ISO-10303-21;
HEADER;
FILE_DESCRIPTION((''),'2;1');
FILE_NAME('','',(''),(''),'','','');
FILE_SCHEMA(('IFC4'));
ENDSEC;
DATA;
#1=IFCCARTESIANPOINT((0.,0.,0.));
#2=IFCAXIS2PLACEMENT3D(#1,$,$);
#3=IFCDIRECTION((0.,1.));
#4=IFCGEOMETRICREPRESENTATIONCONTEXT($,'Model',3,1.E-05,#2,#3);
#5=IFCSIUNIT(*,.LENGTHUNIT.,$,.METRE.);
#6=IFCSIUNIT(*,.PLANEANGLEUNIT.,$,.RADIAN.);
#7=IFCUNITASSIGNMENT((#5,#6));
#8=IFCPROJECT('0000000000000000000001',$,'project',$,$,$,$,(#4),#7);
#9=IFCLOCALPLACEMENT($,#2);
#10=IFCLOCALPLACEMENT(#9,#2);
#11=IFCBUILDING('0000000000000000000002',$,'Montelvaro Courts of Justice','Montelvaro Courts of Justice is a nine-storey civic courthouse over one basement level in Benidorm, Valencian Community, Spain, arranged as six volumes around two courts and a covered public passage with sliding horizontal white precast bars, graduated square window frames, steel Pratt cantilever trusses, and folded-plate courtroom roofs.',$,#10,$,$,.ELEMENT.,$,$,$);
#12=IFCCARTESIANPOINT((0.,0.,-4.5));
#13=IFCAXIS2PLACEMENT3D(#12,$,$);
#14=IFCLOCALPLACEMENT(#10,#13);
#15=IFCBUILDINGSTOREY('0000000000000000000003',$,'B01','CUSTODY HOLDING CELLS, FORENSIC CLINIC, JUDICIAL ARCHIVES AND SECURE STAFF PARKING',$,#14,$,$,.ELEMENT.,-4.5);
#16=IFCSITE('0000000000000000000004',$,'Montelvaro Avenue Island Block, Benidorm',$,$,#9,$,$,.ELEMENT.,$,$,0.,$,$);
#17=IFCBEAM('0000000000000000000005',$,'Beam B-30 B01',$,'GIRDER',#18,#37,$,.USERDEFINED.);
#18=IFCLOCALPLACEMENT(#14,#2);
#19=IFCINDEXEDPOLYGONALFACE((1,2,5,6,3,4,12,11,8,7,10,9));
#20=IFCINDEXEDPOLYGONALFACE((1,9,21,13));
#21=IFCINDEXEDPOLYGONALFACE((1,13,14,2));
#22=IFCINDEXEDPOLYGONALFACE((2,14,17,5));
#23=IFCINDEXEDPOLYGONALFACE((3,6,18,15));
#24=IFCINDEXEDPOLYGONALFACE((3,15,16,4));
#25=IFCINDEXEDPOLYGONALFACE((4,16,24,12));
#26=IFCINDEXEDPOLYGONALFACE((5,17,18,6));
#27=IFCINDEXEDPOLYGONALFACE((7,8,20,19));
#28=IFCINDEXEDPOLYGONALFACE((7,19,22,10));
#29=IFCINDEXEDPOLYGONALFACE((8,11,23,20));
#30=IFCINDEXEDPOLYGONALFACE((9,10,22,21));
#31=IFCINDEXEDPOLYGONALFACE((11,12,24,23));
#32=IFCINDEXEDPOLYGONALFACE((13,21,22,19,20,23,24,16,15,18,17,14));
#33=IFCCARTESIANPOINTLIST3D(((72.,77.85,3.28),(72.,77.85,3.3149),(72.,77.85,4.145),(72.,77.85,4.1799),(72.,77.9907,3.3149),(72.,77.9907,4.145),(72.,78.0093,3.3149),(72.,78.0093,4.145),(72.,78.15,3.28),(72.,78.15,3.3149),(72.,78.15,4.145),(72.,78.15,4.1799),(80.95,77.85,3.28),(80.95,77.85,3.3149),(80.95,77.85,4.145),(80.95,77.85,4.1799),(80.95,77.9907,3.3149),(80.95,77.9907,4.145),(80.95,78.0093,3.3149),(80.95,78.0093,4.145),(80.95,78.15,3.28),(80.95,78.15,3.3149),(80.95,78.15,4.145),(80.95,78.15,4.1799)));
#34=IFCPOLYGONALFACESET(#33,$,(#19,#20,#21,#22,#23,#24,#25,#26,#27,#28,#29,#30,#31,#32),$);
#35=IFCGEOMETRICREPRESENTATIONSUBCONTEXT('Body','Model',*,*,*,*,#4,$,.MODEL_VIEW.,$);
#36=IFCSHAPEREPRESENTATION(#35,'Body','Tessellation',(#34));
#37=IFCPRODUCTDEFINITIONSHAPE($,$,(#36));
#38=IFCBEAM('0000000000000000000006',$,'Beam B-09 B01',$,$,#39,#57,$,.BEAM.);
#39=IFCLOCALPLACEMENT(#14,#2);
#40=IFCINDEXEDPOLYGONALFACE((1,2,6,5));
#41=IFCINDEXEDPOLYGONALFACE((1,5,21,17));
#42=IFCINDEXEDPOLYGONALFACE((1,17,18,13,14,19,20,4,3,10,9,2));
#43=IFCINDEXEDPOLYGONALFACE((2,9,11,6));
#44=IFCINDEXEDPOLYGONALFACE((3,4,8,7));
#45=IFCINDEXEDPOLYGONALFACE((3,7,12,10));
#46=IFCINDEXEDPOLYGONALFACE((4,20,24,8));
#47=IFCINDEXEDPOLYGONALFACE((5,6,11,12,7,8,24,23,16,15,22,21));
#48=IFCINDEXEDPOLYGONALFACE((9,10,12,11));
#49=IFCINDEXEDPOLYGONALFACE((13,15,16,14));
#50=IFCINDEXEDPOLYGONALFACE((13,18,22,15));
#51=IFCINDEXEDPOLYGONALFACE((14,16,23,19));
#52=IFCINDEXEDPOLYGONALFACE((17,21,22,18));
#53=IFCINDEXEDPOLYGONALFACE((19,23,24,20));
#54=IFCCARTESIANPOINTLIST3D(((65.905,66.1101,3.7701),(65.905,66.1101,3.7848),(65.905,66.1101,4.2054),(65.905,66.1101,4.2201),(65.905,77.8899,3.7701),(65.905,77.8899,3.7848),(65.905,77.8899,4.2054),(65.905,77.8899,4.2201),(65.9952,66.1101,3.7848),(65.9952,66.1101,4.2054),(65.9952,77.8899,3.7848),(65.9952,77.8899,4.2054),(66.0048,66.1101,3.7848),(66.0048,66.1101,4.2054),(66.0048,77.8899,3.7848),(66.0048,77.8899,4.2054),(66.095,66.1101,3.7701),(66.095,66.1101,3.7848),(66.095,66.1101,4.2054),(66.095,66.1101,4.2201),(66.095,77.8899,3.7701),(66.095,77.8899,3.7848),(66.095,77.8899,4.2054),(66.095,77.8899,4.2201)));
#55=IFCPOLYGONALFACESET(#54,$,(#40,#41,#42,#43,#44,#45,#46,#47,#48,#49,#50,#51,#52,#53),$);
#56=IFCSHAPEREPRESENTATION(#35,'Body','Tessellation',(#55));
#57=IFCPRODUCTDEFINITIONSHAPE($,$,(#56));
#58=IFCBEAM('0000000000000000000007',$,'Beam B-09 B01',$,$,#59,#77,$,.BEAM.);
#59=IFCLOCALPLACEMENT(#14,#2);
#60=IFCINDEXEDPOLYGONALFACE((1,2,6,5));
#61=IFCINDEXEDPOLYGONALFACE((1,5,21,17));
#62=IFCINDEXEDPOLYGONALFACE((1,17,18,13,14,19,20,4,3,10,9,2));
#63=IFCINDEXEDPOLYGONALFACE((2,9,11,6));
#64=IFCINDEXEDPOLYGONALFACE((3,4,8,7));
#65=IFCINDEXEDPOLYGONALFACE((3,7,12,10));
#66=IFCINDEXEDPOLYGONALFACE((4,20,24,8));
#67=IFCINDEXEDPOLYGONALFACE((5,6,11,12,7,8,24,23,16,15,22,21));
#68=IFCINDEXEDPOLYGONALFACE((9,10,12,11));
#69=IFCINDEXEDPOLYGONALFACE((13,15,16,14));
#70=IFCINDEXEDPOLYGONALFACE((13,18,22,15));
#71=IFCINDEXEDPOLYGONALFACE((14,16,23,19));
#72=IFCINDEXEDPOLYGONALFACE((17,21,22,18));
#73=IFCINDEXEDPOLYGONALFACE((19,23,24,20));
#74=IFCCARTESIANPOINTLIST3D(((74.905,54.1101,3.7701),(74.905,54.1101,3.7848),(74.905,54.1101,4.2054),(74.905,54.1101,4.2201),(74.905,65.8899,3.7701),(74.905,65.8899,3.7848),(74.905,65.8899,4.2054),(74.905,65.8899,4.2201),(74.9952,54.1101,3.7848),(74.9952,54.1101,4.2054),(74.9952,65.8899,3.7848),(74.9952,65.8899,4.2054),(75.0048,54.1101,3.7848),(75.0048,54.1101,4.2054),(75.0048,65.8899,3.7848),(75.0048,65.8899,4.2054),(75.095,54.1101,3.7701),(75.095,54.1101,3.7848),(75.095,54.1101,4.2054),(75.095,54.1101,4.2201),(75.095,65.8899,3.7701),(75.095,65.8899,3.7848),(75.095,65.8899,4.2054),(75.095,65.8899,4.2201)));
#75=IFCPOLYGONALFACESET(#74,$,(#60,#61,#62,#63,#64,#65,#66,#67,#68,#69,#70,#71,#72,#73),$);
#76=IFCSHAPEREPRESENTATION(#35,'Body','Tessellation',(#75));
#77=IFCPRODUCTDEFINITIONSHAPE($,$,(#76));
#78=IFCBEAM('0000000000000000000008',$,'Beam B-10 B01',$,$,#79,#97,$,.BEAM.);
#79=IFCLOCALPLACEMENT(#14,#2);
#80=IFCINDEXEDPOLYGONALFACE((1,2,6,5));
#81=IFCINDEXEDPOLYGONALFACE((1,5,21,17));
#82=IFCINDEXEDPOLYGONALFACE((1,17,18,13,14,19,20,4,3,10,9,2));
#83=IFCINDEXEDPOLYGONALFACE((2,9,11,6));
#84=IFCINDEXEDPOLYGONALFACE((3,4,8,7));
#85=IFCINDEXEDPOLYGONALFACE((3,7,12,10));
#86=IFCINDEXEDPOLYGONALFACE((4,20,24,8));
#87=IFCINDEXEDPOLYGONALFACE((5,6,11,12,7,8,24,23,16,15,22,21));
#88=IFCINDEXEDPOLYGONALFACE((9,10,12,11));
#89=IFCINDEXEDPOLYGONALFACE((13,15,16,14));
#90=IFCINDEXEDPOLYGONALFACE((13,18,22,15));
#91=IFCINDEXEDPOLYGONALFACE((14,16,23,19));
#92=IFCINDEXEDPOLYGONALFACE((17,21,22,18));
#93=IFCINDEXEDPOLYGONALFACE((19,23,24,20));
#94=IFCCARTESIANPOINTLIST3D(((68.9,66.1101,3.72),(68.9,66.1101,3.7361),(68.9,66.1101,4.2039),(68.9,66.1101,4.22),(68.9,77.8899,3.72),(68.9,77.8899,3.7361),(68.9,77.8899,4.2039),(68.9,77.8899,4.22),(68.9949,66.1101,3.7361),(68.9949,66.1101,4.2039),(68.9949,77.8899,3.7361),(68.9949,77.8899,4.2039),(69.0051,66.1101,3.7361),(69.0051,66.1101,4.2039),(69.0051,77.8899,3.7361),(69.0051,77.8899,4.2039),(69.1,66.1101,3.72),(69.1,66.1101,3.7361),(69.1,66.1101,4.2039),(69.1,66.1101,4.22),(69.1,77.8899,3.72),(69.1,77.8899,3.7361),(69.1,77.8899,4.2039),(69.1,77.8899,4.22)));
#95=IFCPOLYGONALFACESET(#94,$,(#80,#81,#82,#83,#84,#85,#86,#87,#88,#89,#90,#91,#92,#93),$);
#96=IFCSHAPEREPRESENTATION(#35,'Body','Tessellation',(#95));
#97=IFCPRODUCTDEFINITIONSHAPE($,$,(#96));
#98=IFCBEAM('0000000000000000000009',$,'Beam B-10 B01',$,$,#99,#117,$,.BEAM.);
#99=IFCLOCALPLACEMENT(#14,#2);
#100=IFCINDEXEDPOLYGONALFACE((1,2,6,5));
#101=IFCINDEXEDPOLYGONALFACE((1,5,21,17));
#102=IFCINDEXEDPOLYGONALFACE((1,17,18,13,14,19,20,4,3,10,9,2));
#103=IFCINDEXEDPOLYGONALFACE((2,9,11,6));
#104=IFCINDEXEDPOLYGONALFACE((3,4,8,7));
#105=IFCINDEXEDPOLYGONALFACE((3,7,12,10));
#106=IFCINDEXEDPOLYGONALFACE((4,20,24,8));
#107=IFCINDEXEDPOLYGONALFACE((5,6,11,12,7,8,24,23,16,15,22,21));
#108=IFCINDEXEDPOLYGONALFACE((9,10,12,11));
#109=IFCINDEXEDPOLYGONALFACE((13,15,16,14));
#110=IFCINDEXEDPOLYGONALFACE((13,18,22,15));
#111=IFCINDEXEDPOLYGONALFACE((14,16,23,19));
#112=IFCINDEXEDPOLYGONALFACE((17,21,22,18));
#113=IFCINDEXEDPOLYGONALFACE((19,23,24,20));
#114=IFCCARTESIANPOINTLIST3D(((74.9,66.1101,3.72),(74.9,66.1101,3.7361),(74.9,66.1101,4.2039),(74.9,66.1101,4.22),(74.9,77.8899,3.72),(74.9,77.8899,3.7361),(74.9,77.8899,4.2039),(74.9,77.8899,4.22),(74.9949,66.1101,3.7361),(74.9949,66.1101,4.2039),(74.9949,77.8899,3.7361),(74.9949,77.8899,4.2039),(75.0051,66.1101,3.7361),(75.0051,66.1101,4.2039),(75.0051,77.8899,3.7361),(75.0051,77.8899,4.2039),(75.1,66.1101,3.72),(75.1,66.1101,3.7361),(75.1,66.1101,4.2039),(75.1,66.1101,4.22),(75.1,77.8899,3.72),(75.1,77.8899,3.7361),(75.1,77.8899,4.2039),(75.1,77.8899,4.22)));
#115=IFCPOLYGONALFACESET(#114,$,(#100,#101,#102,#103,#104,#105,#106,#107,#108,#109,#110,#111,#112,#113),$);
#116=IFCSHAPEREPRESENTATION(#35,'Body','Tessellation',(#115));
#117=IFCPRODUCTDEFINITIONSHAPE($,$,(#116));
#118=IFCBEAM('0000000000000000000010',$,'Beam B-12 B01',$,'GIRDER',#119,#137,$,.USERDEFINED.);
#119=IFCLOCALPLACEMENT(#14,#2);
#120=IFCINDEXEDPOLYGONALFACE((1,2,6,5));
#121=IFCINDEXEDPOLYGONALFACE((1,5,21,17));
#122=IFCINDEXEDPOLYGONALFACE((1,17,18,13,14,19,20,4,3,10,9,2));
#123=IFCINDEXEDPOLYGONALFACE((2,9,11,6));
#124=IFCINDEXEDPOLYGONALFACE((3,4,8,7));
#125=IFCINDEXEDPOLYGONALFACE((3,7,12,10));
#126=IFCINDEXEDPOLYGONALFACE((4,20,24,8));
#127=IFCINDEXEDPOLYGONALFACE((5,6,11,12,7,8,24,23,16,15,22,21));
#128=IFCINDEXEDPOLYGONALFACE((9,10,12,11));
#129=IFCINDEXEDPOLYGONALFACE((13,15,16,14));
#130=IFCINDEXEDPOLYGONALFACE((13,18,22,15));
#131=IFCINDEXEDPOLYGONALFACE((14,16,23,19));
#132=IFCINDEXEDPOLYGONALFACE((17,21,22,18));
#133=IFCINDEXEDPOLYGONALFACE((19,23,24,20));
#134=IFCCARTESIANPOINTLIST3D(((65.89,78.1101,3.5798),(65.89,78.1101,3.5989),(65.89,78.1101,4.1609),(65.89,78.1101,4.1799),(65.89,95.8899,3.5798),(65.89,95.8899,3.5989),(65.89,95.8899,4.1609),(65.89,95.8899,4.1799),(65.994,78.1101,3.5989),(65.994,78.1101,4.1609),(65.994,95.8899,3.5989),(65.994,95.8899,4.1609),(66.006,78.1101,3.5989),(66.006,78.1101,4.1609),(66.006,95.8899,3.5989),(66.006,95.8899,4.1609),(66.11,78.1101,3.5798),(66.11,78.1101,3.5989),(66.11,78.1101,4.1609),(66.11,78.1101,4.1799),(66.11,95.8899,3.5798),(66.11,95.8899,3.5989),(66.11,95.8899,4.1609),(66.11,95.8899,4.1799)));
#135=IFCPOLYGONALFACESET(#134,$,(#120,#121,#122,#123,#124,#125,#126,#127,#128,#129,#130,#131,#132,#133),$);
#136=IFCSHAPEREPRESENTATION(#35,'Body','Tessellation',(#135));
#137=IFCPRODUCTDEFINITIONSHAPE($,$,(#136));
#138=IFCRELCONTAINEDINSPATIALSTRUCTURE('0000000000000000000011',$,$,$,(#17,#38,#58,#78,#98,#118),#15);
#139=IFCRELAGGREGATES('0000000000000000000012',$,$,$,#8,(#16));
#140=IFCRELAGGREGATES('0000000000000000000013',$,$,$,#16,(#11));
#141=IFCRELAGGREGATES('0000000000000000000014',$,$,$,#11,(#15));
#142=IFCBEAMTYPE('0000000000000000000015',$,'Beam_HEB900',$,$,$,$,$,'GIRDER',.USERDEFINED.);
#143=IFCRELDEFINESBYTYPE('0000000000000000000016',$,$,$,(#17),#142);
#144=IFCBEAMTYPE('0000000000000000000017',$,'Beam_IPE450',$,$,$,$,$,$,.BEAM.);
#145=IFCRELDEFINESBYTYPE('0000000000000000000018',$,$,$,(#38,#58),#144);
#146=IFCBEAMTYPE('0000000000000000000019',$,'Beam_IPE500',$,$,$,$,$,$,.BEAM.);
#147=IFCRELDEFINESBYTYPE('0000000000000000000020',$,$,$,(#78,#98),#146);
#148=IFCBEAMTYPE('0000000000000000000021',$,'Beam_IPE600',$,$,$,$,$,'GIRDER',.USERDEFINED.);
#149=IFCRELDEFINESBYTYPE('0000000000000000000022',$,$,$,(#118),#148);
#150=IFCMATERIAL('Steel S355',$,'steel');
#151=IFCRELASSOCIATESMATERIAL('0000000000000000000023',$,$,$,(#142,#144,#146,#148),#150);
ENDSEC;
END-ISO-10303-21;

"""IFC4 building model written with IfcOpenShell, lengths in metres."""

from ifc_helpers import new_model, si_unit, direction, frame, origin, origin_2d, place, context, subcontext, project, spatial, i_section, extrude, material, material_profile, profile_set, type_object, element, save


model = new_model("IFC4")

# Units and contexts
model_context = context("Model", 3, precision=1e-05, world=origin(), true_north=direction((0.0, 1.0)))
body_context = subcontext(model_context, "Body", "Model", "MODEL_VIEW")
ifc_project = project(units=[si_unit("LENGTHUNIT", "METRE"), si_unit("PLANEANGLEUNIT", "RADIAN")], contexts=[model_context])

# Site, building, storey
site_placement = place(None, origin())
site = spatial("IfcSite", under=ifc_project, at=site_placement, Name="Montelvaro Avenue Island Block, Benidorm", CompositionType="ELEMENT", RefElevation=0.0)
building_placement = place(site_placement, origin())
building = spatial("IfcBuilding", under=site, at=building_placement, Name="Montelvaro Courts of Justice", Description="Montelvaro Courts of Justice is a nine-storey civic courthouse over one basement level in Benidorm, Valencian Community, Spain, arranged as six volumes around two courts and a covered public passage with sliding horizontal white precast bars, graduated square window frames, steel Pratt cantilever trusses, and folded-plate courtroom roofs.", CompositionType="ELEMENT")
storey_placement = place(building_placement, frame((0.0, 0.0, -4.5)))
storey = spatial("IfcBuildingStorey", under=building, at=storey_placement, Name="B01", Description="CUSTODY HOLDING CELLS, FORENSIC CLINIC, JUDICIAL ARCHIVES AND SECURE STAFF PARKING", CompositionType="ELEMENT", Elevation=-4.5)

# Beams
ifc_material_1 = material(Name="Steel S355", Category="steel")
ifc_material_profile_1 = material_profile(ifc_material_1, i_section(OverallWidth=0.3, OverallDepth=0.8999, WebThickness=0.0186, FlangeThickness=0.0349, at=origin_2d()), Name="HEB 900")
ifc_profile_set_1 = profile_set([ifc_material_profile_1], Name="Steel S355")
beam_type_1 = type_object("IfcBeamType", Name="Beam_HEB900", ElementType="GIRDER", PredefinedType="USERDEFINED", material=ifc_profile_set_1)
beam_1_placement = place(storey_placement, frame((72.0, 78.0, 3.73), z_axis=(1.0, 0.0, 0.0), x_axis=(0.0, 1.0, 0.0)))
element("IfcBeam", 1, at=beam_1_placement, inside=storey, type_object=beam_type_1, Name="Beam B-30 B01", ObjectType="GIRDER", PredefinedType="USERDEFINED", context=body_context, shape_type="SweptSolid", body=[
    extrude(i_section(OverallWidth=0.3, OverallDepth=0.8999, WebThickness=0.0186, FlangeThickness=0.0349, at=origin_2d()), origin(), (0.0, 0.0, 1.0), 8.95),
])
ifc_material_profile_2 = material_profile(ifc_material_1, i_section(OverallWidth=0.1899, OverallDepth=0.45, WebThickness=0.0095, FlangeThickness=0.0146, at=origin_2d()), Name="IPE 450")
ifc_profile_set_2 = profile_set([ifc_material_profile_2], Name="Steel S355")
beam_type_2 = type_object("IfcBeamType", Name="Beam_IPE450", PredefinedType="BEAM", material=ifc_profile_set_2)
for number, where, z_axis, x_axis, name in (
    (2, (66.0, 66.1101, 3.9951), (0.0, 1.0, 0.0), (-1.0, 0.0, 0.0), "Beam B-09 B01"),
    (3, (75.0, 54.1101, 3.9951), (0.0, 1.0, 0.0), (-1.0, 0.0, 0.0), "Beam B-09 B01"),
):
    element("IfcBeam", number, at=place(storey_placement, frame(where, z_axis=z_axis, x_axis=x_axis)), inside=storey, type_object=beam_type_2, Name=name, PredefinedType="BEAM", context=body_context, shape_type="SweptSolid", body=[
        extrude(i_section(OverallWidth=0.1899, OverallDepth=0.45, WebThickness=0.0095, FlangeThickness=0.0146, at=origin_2d()), origin(), (0.0, 0.0, 1.0), 11.7798),
    ])
ifc_material_profile_3 = material_profile(ifc_material_1, i_section(OverallWidth=0.2, OverallDepth=0.5, WebThickness=0.0103, FlangeThickness=0.0161, at=origin_2d()), Name="IPE 500")
ifc_profile_set_3 = profile_set([ifc_material_profile_3], Name="Steel S355")
beam_type_3 = type_object("IfcBeamType", Name="Beam_IPE500", PredefinedType="BEAM", material=ifc_profile_set_3)
for number, where, z_axis, x_axis, name in (
    (4, (69.0, 66.1101, 3.97), (0.0, 1.0, 0.0), (-1.0, 0.0, 0.0), "Beam B-10 B01"),
    (5, (75.0, 66.1101, 3.97), (0.0, 1.0, 0.0), (-1.0, 0.0, 0.0), "Beam B-10 B01"),
):
    element("IfcBeam", number, at=place(storey_placement, frame(where, z_axis=z_axis, x_axis=x_axis)), inside=storey, type_object=beam_type_3, Name=name, PredefinedType="BEAM", context=body_context, shape_type="SweptSolid", body=[
        extrude(i_section(OverallWidth=0.2, OverallDepth=0.5, WebThickness=0.0103, FlangeThickness=0.0161, at=origin_2d()), origin(), (0.0, 0.0, 1.0), 11.7798),
    ])
ifc_material_profile_4 = material_profile(ifc_material_1, i_section(OverallWidth=0.22, OverallDepth=0.6001, WebThickness=0.012, FlangeThickness=0.019, at=origin_2d()), Name="IPE 600")
ifc_profile_set_4 = profile_set([ifc_material_profile_4], Name="Steel S355")
beam_type_4 = type_object("IfcBeamType", Name="Beam_IPE600", ElementType="GIRDER", PredefinedType="USERDEFINED", material=ifc_profile_set_4)
beam_2_placement = place(storey_placement, frame((66.0, 78.1101, 3.8799), z_axis=(0.0, 1.0, 0.0), x_axis=(-1.0, 0.0, 0.0)))
element("IfcBeam", 6, at=beam_2_placement, inside=storey, type_object=beam_type_4, Name="Beam B-12 B01", ObjectType="GIRDER", PredefinedType="USERDEFINED", context=body_context, shape_type="SweptSolid", body=[
    extrude(i_section(OverallWidth=0.22, OverallDepth=0.6001, WebThickness=0.012, FlangeThickness=0.019, at=origin_2d()), origin(), (0.0, 0.0, 1.0), 17.7798),
])

save(model, "model.ifc")
